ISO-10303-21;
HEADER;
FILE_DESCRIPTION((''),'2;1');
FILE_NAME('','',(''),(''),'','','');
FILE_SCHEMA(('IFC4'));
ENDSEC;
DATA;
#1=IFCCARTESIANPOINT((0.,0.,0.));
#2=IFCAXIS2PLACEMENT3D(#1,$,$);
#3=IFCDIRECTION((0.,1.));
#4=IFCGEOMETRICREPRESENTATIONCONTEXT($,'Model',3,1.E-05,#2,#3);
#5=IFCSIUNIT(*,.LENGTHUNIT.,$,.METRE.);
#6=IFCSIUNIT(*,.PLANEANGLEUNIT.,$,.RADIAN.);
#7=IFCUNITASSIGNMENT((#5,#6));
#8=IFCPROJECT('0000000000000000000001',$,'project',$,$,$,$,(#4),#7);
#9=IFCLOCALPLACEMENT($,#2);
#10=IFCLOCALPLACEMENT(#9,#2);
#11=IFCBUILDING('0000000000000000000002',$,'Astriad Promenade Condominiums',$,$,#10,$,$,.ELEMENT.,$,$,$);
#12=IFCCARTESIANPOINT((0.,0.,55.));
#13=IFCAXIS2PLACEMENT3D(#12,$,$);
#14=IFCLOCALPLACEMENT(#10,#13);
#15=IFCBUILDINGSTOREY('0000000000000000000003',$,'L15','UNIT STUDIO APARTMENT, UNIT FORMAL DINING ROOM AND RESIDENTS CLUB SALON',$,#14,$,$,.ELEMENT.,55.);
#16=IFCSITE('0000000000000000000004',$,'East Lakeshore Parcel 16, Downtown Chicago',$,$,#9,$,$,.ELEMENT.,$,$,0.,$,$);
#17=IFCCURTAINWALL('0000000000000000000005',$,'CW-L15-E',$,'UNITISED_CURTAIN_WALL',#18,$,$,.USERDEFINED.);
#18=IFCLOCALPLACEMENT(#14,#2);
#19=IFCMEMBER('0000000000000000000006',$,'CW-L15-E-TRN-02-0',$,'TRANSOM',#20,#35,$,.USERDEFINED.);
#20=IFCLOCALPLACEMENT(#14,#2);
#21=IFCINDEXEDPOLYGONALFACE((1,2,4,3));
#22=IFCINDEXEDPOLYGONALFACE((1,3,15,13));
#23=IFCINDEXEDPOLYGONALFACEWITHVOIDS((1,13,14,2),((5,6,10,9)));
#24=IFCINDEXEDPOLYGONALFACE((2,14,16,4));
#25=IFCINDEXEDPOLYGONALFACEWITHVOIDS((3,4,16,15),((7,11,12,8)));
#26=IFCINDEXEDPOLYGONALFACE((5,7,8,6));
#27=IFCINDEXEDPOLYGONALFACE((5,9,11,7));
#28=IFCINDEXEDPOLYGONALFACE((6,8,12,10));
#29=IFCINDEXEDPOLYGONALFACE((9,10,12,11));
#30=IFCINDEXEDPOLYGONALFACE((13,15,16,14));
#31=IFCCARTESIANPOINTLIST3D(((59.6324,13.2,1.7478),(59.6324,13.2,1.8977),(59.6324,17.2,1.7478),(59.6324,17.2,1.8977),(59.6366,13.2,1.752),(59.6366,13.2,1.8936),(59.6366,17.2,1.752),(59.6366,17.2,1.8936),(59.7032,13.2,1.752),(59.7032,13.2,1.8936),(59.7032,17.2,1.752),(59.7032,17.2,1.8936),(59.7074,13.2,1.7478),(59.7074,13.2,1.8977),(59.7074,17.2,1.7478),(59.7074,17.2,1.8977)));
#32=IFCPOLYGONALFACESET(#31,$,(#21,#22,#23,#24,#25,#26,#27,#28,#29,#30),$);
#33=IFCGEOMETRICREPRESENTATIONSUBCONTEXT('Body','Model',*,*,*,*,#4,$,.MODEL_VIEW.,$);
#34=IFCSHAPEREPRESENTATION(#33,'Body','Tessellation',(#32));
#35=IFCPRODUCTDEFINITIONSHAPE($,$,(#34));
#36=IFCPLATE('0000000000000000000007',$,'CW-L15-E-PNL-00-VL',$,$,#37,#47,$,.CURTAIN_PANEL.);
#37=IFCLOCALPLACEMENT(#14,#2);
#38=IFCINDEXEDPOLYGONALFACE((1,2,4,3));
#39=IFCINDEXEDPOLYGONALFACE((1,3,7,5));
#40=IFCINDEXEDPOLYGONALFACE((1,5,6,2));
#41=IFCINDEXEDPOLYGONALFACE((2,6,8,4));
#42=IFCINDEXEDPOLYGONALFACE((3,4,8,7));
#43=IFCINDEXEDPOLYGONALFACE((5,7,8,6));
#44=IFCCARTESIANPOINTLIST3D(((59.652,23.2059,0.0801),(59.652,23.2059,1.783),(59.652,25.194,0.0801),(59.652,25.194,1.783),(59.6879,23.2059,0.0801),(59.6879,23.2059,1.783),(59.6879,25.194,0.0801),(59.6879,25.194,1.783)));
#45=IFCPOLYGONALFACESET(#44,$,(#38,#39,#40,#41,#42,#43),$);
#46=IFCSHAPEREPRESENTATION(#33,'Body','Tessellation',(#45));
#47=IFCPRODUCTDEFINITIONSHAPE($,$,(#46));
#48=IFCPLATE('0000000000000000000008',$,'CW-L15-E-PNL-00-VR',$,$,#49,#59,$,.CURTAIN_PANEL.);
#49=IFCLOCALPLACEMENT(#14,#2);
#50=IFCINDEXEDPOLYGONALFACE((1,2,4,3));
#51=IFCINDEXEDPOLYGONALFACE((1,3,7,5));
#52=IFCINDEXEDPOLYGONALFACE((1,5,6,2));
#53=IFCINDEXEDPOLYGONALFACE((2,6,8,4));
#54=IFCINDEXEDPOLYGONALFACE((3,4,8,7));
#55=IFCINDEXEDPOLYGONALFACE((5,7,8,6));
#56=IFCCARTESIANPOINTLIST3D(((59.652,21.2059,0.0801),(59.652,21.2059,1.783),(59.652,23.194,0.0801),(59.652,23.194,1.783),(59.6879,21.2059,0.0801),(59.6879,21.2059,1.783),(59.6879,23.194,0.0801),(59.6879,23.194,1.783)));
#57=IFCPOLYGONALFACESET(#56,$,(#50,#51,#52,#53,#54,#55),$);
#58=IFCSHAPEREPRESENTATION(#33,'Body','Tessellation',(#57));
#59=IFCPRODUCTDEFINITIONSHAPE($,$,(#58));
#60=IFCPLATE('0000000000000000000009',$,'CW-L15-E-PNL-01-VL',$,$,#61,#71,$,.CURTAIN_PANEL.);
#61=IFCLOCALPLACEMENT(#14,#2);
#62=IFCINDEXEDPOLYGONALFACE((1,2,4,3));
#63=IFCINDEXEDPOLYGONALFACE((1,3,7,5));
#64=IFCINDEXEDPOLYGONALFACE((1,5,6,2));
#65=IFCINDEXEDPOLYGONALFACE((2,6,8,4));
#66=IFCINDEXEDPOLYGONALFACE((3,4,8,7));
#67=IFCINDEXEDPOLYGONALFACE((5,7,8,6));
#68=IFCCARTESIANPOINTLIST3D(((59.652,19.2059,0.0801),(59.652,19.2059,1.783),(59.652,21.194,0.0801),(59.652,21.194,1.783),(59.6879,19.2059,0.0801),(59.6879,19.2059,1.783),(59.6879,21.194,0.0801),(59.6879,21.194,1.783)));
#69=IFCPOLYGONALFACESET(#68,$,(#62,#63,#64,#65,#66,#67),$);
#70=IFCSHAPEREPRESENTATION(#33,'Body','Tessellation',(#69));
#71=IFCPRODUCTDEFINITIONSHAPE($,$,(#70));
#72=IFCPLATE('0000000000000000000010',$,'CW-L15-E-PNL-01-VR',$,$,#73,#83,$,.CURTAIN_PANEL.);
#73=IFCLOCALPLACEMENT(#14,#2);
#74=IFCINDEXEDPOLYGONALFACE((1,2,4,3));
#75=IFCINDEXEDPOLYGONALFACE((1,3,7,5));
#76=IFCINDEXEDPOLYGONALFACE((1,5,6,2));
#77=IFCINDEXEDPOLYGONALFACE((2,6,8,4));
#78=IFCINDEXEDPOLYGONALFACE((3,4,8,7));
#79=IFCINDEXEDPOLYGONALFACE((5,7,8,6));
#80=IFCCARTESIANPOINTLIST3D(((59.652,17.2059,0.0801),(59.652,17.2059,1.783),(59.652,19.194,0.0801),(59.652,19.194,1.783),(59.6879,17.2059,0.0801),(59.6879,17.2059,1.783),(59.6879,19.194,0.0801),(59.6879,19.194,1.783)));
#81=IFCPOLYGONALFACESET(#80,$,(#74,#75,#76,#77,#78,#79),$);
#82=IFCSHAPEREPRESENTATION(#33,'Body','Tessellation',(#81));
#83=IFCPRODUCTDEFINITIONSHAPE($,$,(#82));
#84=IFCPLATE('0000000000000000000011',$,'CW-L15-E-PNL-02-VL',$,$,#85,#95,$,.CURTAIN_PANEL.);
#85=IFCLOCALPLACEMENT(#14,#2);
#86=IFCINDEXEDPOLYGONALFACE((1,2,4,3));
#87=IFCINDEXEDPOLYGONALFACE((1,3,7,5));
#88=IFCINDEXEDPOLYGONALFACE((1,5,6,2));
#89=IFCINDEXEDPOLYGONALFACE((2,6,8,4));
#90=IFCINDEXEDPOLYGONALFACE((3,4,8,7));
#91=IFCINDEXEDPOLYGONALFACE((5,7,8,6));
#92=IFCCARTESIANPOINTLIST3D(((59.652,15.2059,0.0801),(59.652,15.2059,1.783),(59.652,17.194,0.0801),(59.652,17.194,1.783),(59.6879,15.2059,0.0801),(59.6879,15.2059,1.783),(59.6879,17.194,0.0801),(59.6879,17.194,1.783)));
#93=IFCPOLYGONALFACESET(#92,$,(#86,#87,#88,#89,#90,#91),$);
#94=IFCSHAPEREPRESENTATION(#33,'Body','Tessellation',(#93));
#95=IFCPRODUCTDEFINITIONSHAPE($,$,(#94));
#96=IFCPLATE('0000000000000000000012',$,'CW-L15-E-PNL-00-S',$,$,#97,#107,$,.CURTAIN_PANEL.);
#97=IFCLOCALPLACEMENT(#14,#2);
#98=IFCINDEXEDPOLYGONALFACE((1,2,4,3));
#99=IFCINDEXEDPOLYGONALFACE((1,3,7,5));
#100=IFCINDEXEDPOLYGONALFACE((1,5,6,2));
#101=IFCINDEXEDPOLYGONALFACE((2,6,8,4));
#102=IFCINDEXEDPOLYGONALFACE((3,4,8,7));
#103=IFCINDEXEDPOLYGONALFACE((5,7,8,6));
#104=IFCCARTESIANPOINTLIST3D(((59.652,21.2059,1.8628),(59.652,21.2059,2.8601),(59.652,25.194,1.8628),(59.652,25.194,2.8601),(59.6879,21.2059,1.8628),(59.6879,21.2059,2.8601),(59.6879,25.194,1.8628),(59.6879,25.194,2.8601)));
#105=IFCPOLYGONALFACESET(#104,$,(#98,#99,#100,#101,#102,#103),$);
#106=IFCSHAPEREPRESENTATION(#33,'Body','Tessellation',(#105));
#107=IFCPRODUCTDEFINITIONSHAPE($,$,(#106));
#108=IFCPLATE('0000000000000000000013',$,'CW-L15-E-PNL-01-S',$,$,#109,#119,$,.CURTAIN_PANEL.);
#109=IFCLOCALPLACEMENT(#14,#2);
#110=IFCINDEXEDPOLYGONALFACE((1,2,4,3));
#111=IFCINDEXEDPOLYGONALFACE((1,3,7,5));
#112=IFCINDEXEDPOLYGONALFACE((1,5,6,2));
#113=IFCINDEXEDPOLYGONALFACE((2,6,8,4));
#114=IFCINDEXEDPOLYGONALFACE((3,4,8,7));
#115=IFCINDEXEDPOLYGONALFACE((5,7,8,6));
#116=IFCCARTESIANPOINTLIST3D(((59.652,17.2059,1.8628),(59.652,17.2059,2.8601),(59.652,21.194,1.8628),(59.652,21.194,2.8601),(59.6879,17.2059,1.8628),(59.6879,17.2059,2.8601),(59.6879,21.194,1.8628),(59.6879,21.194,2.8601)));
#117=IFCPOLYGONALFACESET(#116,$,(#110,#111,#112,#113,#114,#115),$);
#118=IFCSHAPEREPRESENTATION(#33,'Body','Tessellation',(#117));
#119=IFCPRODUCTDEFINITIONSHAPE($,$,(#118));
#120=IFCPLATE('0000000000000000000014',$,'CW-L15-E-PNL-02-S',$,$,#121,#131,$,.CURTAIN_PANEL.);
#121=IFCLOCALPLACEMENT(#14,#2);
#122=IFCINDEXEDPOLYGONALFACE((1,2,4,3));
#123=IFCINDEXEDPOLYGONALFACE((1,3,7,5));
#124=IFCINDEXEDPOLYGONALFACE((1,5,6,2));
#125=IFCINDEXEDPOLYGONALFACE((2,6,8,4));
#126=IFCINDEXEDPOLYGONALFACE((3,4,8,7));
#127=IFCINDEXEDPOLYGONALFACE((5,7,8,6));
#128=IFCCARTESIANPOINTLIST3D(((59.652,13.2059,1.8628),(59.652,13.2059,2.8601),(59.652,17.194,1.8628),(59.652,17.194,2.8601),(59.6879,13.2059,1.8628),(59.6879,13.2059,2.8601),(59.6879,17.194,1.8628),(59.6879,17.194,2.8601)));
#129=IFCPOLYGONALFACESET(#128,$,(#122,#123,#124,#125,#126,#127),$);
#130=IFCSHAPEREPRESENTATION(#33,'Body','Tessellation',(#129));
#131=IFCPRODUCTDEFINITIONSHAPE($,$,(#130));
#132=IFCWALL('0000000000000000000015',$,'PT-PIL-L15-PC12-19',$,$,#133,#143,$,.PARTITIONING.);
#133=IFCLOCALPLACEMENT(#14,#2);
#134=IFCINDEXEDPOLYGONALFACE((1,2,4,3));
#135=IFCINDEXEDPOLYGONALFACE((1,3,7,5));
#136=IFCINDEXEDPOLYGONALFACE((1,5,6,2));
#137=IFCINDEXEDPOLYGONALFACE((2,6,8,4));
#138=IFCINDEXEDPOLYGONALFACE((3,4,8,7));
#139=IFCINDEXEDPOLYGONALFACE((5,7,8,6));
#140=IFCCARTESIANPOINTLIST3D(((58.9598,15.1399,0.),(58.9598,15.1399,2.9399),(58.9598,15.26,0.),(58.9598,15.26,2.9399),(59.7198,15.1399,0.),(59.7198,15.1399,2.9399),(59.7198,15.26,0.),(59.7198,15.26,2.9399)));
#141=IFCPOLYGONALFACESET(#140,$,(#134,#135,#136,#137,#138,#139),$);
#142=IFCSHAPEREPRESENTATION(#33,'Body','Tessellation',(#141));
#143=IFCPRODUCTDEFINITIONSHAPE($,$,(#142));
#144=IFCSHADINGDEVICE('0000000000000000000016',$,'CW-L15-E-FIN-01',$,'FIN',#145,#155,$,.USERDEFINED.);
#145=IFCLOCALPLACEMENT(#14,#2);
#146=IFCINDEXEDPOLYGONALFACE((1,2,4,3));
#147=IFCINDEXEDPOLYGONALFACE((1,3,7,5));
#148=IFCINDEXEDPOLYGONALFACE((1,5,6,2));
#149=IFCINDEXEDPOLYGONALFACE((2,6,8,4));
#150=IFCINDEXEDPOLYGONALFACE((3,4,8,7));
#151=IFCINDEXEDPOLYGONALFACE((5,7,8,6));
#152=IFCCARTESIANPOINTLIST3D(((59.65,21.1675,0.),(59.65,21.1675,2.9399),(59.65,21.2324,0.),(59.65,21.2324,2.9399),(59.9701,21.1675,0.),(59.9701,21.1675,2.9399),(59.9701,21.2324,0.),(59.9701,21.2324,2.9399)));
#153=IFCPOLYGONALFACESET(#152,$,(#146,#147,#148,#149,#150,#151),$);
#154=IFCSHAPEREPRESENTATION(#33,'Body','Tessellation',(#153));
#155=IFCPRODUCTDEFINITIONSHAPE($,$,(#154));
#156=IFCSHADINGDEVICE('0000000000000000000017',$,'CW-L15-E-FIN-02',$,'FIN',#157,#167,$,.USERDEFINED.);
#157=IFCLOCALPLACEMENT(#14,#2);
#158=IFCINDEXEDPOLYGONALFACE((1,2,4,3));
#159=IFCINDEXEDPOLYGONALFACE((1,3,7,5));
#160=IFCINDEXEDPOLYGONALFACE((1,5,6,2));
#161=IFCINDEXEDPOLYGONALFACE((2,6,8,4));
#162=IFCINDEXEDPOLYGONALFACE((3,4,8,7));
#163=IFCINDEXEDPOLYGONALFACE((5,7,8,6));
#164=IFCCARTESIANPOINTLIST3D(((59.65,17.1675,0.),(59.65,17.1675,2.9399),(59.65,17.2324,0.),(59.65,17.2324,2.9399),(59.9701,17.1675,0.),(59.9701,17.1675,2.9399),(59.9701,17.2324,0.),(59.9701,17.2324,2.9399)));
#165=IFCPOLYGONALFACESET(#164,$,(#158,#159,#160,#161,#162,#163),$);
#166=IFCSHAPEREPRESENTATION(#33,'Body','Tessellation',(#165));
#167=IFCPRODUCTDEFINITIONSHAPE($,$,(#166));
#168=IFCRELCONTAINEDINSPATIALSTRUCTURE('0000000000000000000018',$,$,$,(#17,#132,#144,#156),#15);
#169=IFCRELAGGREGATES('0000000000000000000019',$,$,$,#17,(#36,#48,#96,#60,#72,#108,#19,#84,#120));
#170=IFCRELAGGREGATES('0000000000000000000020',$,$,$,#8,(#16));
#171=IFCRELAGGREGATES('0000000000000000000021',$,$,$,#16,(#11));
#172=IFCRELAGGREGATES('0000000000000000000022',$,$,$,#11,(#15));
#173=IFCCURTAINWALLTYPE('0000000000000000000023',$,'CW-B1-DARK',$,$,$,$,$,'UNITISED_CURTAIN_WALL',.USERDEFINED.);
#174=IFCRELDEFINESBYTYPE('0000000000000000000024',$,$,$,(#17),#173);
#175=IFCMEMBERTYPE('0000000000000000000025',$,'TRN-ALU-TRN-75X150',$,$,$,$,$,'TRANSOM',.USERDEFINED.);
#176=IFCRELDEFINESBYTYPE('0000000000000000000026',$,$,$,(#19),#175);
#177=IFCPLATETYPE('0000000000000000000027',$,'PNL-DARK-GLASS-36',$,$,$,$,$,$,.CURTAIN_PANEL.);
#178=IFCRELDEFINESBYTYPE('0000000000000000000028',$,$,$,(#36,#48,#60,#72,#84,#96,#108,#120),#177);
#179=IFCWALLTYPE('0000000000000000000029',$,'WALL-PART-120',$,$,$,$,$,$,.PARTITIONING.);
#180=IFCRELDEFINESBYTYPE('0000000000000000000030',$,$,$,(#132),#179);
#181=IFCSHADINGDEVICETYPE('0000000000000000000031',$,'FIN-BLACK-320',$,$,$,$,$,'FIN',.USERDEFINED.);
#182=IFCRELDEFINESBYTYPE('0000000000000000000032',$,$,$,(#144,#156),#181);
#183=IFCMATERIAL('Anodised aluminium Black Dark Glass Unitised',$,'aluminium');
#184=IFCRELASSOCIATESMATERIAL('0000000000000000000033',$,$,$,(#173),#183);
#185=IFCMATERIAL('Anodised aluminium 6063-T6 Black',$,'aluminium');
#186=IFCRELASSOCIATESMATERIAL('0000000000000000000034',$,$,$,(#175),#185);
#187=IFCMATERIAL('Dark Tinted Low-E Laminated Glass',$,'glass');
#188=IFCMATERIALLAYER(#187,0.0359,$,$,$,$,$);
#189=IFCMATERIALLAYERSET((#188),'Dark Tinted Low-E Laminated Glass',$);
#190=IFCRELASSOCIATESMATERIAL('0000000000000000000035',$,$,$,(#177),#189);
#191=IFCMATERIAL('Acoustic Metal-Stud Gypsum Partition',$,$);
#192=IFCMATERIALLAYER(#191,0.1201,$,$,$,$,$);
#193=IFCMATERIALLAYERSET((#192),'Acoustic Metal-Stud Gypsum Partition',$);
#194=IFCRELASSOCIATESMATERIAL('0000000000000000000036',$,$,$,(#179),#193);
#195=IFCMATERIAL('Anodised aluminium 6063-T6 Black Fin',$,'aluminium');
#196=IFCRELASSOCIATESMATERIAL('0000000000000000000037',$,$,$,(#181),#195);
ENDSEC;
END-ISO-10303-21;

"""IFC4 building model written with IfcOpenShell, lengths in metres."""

from ifc_helpers import new_model, si_unit, direction, frame, frame_2d, origin, origin_2d, place, context, subcontext, project, spatial, rectangle, hollow_rectangle, extrude, source, transform, mapped, material, layer, layer_set, material_profile, profile_set, type_object, type_shapes, element, aggregate, save


model = new_model("IFC4")

# Units and contexts
model_context = context("Model", 3, precision=1e-05, world=origin(), true_north=direction((0.0, 1.0)))
body_context = subcontext(model_context, "Body", "Model", "MODEL_VIEW")
ifc_project = project(units=[si_unit("LENGTHUNIT", "METRE"), si_unit("PLANEANGLEUNIT", "RADIAN")], contexts=[model_context])

# Site, building, storey
site_placement = place(None, origin())
site = spatial("IfcSite", under=ifc_project, at=site_placement, Name="East Lakeshore Parcel 16, Downtown Chicago", CompositionType="ELEMENT", RefElevation=0.0)
building_placement = place(site_placement, origin())
building = spatial("IfcBuilding", under=site, at=building_placement, Name="Astriad Promenade Condominiums", CompositionType="ELEMENT")
storey_placement = place(building_placement, frame((0.0, 0.0, 55.0)))
storey = spatial("IfcBuildingStorey", under=building, at=storey_placement, Name="L15", Description="UNIT STUDIO APARTMENT, UNIT FORMAL DINING ROOM AND RESIDENTS CLUB SALON", CompositionType="ELEMENT", Elevation=55.0)

# Curtain wall, member, plates
ifc_material_1 = material(Name="Anodised aluminium Black Dark Glass Unitised", Category="aluminium")
curtain_wall_type = type_object("IfcCurtainWallType", Name="CW-B1-DARK", ElementType="UNITISED_CURTAIN_WALL", PredefinedType="USERDEFINED", material=ifc_material_1)
curtain_wall_placement = place(storey_placement, origin())
curtain_wall = element("IfcCurtainWall", 1, at=curtain_wall_placement, inside=storey, type_object=curtain_wall_type, Name="CW-L15-E", ObjectType="UNITISED_CURTAIN_WALL", PredefinedType="USERDEFINED")
ifc_material_2 = material(Name="Anodised aluminium 6063-T6 Black", Category="aluminium")
ifc_material_profile_1 = material_profile(ifc_material_2, hollow_rectangle(XDim=0.075, YDim=0.1499, WallThickness=0.0042, at=origin_2d()), Name="ALU-TRN-75X150")
ifc_profile_set_1 = profile_set([ifc_material_profile_1], Name="Anodised aluminium 6063-T6 Black")
member_type_1 = type_object("IfcMemberType", Name="TRN-ALU-TRN-75X150", ElementType="TRANSOM", PredefinedType="USERDEFINED", material=ifc_profile_set_1)
shared_shape_1 = source(origin(), body_context, "Body", "SweptSolid", [
    extrude(hollow_rectangle(XDim=0.075, YDim=0.1499, WallThickness=0.0042, at=origin_2d()), origin(), (0.0, 0.0, 1.0), 4.0),
])
type_shapes(member_type_1, [shared_shape_1])
member_1_placement = place(storey_placement, frame((59.6699, 17.2, 1.8228), z_axis=(0.0, -1.0, 0.0), x_axis=(1.0, 0.0, 0.0)))
member_1 = element("IfcMember", 2, at=member_1_placement, type_object=member_type_1, Name="CW-L15-E-TRN-02-0", ObjectType="TRANSOM", PredefinedType="USERDEFINED", context=body_context, shape_type="MappedRepresentation", body=[
    mapped(shared_shape_1, transform((0.0, 0.0, 0.0), scale=1.0)),
])
ifc_material_3 = material(Name="Dark Tinted Low-E Laminated Glass", Category="glass")
ifc_layer_1 = layer(ifc_material_3, 0.0359)
ifc_layer_set_1 = layer_set([ifc_layer_1], Name="Dark Tinted Low-E Laminated Glass")
plate_type = type_object("IfcPlateType", Name="PNL-DARK-GLASS-36", PredefinedType="CURTAIN_PANEL", material=ifc_layer_set_1)
shared_shape_2 = source(origin(), body_context, "Body", "SweptSolid", [
    extrude(rectangle(XDim=1.988, YDim=0.0359, at=origin_2d()), origin(), (0.0, 0.0, 1.0), 1.7029),
])
plate_1_placement = place(storey_placement, frame((59.6699, 24.2, 0.0801), z_axis=(0.0, 0.0, 1.0), x_axis=(0.0, -1.0, 0.0)))
plate_1 = element("IfcPlate", 3, at=plate_1_placement, type_object=plate_type, Name="CW-L15-E-PNL-00-VL", PredefinedType="CURTAIN_PANEL", context=body_context, shape_type="MappedRepresentation", body=[
    mapped(shared_shape_2, transform((0.0, 0.0, 0.0), scale=1.0)),
])
plate_2_placement = place(storey_placement, frame((59.6699, 22.2, 0.0801), z_axis=(0.0, 0.0, 1.0), x_axis=(0.0, -1.0, 0.0)))
plate_2 = element("IfcPlate", 4, at=plate_2_placement, type_object=plate_type, Name="CW-L15-E-PNL-00-VR", PredefinedType="CURTAIN_PANEL", context=body_context, shape_type="MappedRepresentation", body=[
    mapped(shared_shape_2, transform((0.0, 0.0, 0.0), scale=1.0)),
])
plate_3_placement = place(storey_placement, frame((59.6699, 20.2, 0.0801), z_axis=(0.0, 0.0, 1.0), x_axis=(0.0, -1.0, 0.0)))
plate_3 = element("IfcPlate", 5, at=plate_3_placement, type_object=plate_type, Name="CW-L15-E-PNL-01-VL", PredefinedType="CURTAIN_PANEL", context=body_context, shape_type="MappedRepresentation", body=[
    mapped(shared_shape_2, transform((0.0, 0.0, 0.0), scale=1.0)),
])
plate_4_placement = place(storey_placement, frame((59.6699, 18.2, 0.0801), z_axis=(0.0, 0.0, 1.0), x_axis=(0.0, -1.0, 0.0)))
plate_4 = element("IfcPlate", 6, at=plate_4_placement, type_object=plate_type, Name="CW-L15-E-PNL-01-VR", PredefinedType="CURTAIN_PANEL", context=body_context, shape_type="MappedRepresentation", body=[
    mapped(shared_shape_2, transform((0.0, 0.0, 0.0), scale=1.0)),
])
plate_5_placement = place(storey_placement, frame((59.6699, 16.2, 0.0801), z_axis=(0.0, 0.0, 1.0), x_axis=(0.0, -1.0, 0.0)))
plate_5 = element("IfcPlate", 7, at=plate_5_placement, type_object=plate_type, Name="CW-L15-E-PNL-02-VL", PredefinedType="CURTAIN_PANEL", context=body_context, shape_type="MappedRepresentation", body=[
    mapped(shared_shape_2, transform((0.0, 0.0, 0.0), scale=1.0)),
])
shared_shape_3 = source(origin(), body_context, "Body", "SweptSolid", [
    extrude(rectangle(XDim=3.988, YDim=0.0359, at=origin_2d()), origin(), (0.0, 0.0, 1.0), 0.9973),
])
type_shapes(plate_type, [shared_shape_2, shared_shape_3])
plate_6_placement = place(storey_placement, frame((59.6699, 23.2, 1.8628), z_axis=(0.0, 0.0, 1.0), x_axis=(0.0, -1.0, 0.0)))
plate_6 = element("IfcPlate", 8, at=plate_6_placement, type_object=plate_type, Name="CW-L15-E-PNL-00-S", PredefinedType="CURTAIN_PANEL", context=body_context, shape_type="MappedRepresentation", body=[
    mapped(shared_shape_3, transform((0.0, 0.0, 0.0), scale=1.0)),
])
plate_7_placement = place(storey_placement, frame((59.6699, 19.2, 1.8628), z_axis=(0.0, 0.0, 1.0), x_axis=(0.0, -1.0, 0.0)))
plate_7 = element("IfcPlate", 9, at=plate_7_placement, type_object=plate_type, Name="CW-L15-E-PNL-01-S", PredefinedType="CURTAIN_PANEL", context=body_context, shape_type="MappedRepresentation", body=[
    mapped(shared_shape_3, transform((0.0, 0.0, 0.0), scale=1.0)),
])
plate_8_placement = place(storey_placement, frame((59.6699, 15.2, 1.8628), z_axis=(0.0, 0.0, 1.0), x_axis=(0.0, -1.0, 0.0)))
plate_8 = element("IfcPlate", 10, at=plate_8_placement, type_object=plate_type, Name="CW-L15-E-PNL-02-S", PredefinedType="CURTAIN_PANEL", context=body_context, shape_type="MappedRepresentation", body=[
    mapped(shared_shape_3, transform((0.0, 0.0, 0.0), scale=1.0)),
])
aggregate(curtain_wall, [plate_1, plate_2, plate_6, plate_3, plate_4, plate_7, member_1, plate_5, plate_8])

# Wall
ifc_material_4 = material(Name="Acoustic Metal-Stud Gypsum Partition")
ifc_layer_2 = layer(ifc_material_4, 0.1201)
ifc_layer_set_2 = layer_set([ifc_layer_2], Name="Acoustic Metal-Stud Gypsum Partition")
wall_type = type_object("IfcWallType", Name="WALL-PART-120", PredefinedType="PARTITIONING", material=ifc_layer_set_2)
wall_placement = place(storey_placement, frame((58.96, 15.2, 0.0), z_axis=(0.0, 0.0, 1.0), x_axis=(1.0, 0.0, 0.0)))
element("IfcWall", 11, at=wall_placement, inside=storey, type_object=wall_type, Name="PT-PIL-L15-PC12-19", PredefinedType="PARTITIONING", context=body_context, shape_type="SweptSolid", body=[
    extrude(rectangle(XDim=0.76, YDim=0.1201, at=frame_2d((0.3799, 0.0))), origin(), (0.0, 0.0, 1.0), 2.9399),
])

# Shading devices
ifc_material_5 = material(Name="Anodised aluminium 6063-T6 Black Fin", Category="aluminium")
shading_device_type = type_object("IfcShadingDeviceType", Name="FIN-BLACK-320", ElementType="FIN", PredefinedType="USERDEFINED", material=ifc_material_5)
shared_shape_4 = source(origin(), body_context, "Body", "SweptSolid", [
    extrude(rectangle(XDim=0.0649, YDim=0.3201, at=origin_2d()), origin(), (0.0, 0.0, 1.0), 2.9399),
])
type_shapes(shading_device_type, [shared_shape_4])
for number, where, z_axis, x_axis, name in (
    (12, (59.8101, 21.2, 0.0), (0.0, 0.0, 1.0), (0.0, -1.0, 0.0), "CW-L15-E-FIN-01"),
    (13, (59.8101, 17.2, 0.0), (0.0, 0.0, 1.0), (0.0, -1.0, 0.0), "CW-L15-E-FIN-02"),
):
    element("IfcShadingDevice", number, at=place(storey_placement, frame(where, z_axis=z_axis, x_axis=x_axis)), inside=storey, type_object=shading_device_type, Name=name, ObjectType="FIN", PredefinedType="USERDEFINED", context=body_context, shape_type="MappedRepresentation", body=[
        mapped(shared_shape_4, transform((0.0, 0.0, 0.0), scale=1.0)),
    ])

save(model, "model.ifc")
